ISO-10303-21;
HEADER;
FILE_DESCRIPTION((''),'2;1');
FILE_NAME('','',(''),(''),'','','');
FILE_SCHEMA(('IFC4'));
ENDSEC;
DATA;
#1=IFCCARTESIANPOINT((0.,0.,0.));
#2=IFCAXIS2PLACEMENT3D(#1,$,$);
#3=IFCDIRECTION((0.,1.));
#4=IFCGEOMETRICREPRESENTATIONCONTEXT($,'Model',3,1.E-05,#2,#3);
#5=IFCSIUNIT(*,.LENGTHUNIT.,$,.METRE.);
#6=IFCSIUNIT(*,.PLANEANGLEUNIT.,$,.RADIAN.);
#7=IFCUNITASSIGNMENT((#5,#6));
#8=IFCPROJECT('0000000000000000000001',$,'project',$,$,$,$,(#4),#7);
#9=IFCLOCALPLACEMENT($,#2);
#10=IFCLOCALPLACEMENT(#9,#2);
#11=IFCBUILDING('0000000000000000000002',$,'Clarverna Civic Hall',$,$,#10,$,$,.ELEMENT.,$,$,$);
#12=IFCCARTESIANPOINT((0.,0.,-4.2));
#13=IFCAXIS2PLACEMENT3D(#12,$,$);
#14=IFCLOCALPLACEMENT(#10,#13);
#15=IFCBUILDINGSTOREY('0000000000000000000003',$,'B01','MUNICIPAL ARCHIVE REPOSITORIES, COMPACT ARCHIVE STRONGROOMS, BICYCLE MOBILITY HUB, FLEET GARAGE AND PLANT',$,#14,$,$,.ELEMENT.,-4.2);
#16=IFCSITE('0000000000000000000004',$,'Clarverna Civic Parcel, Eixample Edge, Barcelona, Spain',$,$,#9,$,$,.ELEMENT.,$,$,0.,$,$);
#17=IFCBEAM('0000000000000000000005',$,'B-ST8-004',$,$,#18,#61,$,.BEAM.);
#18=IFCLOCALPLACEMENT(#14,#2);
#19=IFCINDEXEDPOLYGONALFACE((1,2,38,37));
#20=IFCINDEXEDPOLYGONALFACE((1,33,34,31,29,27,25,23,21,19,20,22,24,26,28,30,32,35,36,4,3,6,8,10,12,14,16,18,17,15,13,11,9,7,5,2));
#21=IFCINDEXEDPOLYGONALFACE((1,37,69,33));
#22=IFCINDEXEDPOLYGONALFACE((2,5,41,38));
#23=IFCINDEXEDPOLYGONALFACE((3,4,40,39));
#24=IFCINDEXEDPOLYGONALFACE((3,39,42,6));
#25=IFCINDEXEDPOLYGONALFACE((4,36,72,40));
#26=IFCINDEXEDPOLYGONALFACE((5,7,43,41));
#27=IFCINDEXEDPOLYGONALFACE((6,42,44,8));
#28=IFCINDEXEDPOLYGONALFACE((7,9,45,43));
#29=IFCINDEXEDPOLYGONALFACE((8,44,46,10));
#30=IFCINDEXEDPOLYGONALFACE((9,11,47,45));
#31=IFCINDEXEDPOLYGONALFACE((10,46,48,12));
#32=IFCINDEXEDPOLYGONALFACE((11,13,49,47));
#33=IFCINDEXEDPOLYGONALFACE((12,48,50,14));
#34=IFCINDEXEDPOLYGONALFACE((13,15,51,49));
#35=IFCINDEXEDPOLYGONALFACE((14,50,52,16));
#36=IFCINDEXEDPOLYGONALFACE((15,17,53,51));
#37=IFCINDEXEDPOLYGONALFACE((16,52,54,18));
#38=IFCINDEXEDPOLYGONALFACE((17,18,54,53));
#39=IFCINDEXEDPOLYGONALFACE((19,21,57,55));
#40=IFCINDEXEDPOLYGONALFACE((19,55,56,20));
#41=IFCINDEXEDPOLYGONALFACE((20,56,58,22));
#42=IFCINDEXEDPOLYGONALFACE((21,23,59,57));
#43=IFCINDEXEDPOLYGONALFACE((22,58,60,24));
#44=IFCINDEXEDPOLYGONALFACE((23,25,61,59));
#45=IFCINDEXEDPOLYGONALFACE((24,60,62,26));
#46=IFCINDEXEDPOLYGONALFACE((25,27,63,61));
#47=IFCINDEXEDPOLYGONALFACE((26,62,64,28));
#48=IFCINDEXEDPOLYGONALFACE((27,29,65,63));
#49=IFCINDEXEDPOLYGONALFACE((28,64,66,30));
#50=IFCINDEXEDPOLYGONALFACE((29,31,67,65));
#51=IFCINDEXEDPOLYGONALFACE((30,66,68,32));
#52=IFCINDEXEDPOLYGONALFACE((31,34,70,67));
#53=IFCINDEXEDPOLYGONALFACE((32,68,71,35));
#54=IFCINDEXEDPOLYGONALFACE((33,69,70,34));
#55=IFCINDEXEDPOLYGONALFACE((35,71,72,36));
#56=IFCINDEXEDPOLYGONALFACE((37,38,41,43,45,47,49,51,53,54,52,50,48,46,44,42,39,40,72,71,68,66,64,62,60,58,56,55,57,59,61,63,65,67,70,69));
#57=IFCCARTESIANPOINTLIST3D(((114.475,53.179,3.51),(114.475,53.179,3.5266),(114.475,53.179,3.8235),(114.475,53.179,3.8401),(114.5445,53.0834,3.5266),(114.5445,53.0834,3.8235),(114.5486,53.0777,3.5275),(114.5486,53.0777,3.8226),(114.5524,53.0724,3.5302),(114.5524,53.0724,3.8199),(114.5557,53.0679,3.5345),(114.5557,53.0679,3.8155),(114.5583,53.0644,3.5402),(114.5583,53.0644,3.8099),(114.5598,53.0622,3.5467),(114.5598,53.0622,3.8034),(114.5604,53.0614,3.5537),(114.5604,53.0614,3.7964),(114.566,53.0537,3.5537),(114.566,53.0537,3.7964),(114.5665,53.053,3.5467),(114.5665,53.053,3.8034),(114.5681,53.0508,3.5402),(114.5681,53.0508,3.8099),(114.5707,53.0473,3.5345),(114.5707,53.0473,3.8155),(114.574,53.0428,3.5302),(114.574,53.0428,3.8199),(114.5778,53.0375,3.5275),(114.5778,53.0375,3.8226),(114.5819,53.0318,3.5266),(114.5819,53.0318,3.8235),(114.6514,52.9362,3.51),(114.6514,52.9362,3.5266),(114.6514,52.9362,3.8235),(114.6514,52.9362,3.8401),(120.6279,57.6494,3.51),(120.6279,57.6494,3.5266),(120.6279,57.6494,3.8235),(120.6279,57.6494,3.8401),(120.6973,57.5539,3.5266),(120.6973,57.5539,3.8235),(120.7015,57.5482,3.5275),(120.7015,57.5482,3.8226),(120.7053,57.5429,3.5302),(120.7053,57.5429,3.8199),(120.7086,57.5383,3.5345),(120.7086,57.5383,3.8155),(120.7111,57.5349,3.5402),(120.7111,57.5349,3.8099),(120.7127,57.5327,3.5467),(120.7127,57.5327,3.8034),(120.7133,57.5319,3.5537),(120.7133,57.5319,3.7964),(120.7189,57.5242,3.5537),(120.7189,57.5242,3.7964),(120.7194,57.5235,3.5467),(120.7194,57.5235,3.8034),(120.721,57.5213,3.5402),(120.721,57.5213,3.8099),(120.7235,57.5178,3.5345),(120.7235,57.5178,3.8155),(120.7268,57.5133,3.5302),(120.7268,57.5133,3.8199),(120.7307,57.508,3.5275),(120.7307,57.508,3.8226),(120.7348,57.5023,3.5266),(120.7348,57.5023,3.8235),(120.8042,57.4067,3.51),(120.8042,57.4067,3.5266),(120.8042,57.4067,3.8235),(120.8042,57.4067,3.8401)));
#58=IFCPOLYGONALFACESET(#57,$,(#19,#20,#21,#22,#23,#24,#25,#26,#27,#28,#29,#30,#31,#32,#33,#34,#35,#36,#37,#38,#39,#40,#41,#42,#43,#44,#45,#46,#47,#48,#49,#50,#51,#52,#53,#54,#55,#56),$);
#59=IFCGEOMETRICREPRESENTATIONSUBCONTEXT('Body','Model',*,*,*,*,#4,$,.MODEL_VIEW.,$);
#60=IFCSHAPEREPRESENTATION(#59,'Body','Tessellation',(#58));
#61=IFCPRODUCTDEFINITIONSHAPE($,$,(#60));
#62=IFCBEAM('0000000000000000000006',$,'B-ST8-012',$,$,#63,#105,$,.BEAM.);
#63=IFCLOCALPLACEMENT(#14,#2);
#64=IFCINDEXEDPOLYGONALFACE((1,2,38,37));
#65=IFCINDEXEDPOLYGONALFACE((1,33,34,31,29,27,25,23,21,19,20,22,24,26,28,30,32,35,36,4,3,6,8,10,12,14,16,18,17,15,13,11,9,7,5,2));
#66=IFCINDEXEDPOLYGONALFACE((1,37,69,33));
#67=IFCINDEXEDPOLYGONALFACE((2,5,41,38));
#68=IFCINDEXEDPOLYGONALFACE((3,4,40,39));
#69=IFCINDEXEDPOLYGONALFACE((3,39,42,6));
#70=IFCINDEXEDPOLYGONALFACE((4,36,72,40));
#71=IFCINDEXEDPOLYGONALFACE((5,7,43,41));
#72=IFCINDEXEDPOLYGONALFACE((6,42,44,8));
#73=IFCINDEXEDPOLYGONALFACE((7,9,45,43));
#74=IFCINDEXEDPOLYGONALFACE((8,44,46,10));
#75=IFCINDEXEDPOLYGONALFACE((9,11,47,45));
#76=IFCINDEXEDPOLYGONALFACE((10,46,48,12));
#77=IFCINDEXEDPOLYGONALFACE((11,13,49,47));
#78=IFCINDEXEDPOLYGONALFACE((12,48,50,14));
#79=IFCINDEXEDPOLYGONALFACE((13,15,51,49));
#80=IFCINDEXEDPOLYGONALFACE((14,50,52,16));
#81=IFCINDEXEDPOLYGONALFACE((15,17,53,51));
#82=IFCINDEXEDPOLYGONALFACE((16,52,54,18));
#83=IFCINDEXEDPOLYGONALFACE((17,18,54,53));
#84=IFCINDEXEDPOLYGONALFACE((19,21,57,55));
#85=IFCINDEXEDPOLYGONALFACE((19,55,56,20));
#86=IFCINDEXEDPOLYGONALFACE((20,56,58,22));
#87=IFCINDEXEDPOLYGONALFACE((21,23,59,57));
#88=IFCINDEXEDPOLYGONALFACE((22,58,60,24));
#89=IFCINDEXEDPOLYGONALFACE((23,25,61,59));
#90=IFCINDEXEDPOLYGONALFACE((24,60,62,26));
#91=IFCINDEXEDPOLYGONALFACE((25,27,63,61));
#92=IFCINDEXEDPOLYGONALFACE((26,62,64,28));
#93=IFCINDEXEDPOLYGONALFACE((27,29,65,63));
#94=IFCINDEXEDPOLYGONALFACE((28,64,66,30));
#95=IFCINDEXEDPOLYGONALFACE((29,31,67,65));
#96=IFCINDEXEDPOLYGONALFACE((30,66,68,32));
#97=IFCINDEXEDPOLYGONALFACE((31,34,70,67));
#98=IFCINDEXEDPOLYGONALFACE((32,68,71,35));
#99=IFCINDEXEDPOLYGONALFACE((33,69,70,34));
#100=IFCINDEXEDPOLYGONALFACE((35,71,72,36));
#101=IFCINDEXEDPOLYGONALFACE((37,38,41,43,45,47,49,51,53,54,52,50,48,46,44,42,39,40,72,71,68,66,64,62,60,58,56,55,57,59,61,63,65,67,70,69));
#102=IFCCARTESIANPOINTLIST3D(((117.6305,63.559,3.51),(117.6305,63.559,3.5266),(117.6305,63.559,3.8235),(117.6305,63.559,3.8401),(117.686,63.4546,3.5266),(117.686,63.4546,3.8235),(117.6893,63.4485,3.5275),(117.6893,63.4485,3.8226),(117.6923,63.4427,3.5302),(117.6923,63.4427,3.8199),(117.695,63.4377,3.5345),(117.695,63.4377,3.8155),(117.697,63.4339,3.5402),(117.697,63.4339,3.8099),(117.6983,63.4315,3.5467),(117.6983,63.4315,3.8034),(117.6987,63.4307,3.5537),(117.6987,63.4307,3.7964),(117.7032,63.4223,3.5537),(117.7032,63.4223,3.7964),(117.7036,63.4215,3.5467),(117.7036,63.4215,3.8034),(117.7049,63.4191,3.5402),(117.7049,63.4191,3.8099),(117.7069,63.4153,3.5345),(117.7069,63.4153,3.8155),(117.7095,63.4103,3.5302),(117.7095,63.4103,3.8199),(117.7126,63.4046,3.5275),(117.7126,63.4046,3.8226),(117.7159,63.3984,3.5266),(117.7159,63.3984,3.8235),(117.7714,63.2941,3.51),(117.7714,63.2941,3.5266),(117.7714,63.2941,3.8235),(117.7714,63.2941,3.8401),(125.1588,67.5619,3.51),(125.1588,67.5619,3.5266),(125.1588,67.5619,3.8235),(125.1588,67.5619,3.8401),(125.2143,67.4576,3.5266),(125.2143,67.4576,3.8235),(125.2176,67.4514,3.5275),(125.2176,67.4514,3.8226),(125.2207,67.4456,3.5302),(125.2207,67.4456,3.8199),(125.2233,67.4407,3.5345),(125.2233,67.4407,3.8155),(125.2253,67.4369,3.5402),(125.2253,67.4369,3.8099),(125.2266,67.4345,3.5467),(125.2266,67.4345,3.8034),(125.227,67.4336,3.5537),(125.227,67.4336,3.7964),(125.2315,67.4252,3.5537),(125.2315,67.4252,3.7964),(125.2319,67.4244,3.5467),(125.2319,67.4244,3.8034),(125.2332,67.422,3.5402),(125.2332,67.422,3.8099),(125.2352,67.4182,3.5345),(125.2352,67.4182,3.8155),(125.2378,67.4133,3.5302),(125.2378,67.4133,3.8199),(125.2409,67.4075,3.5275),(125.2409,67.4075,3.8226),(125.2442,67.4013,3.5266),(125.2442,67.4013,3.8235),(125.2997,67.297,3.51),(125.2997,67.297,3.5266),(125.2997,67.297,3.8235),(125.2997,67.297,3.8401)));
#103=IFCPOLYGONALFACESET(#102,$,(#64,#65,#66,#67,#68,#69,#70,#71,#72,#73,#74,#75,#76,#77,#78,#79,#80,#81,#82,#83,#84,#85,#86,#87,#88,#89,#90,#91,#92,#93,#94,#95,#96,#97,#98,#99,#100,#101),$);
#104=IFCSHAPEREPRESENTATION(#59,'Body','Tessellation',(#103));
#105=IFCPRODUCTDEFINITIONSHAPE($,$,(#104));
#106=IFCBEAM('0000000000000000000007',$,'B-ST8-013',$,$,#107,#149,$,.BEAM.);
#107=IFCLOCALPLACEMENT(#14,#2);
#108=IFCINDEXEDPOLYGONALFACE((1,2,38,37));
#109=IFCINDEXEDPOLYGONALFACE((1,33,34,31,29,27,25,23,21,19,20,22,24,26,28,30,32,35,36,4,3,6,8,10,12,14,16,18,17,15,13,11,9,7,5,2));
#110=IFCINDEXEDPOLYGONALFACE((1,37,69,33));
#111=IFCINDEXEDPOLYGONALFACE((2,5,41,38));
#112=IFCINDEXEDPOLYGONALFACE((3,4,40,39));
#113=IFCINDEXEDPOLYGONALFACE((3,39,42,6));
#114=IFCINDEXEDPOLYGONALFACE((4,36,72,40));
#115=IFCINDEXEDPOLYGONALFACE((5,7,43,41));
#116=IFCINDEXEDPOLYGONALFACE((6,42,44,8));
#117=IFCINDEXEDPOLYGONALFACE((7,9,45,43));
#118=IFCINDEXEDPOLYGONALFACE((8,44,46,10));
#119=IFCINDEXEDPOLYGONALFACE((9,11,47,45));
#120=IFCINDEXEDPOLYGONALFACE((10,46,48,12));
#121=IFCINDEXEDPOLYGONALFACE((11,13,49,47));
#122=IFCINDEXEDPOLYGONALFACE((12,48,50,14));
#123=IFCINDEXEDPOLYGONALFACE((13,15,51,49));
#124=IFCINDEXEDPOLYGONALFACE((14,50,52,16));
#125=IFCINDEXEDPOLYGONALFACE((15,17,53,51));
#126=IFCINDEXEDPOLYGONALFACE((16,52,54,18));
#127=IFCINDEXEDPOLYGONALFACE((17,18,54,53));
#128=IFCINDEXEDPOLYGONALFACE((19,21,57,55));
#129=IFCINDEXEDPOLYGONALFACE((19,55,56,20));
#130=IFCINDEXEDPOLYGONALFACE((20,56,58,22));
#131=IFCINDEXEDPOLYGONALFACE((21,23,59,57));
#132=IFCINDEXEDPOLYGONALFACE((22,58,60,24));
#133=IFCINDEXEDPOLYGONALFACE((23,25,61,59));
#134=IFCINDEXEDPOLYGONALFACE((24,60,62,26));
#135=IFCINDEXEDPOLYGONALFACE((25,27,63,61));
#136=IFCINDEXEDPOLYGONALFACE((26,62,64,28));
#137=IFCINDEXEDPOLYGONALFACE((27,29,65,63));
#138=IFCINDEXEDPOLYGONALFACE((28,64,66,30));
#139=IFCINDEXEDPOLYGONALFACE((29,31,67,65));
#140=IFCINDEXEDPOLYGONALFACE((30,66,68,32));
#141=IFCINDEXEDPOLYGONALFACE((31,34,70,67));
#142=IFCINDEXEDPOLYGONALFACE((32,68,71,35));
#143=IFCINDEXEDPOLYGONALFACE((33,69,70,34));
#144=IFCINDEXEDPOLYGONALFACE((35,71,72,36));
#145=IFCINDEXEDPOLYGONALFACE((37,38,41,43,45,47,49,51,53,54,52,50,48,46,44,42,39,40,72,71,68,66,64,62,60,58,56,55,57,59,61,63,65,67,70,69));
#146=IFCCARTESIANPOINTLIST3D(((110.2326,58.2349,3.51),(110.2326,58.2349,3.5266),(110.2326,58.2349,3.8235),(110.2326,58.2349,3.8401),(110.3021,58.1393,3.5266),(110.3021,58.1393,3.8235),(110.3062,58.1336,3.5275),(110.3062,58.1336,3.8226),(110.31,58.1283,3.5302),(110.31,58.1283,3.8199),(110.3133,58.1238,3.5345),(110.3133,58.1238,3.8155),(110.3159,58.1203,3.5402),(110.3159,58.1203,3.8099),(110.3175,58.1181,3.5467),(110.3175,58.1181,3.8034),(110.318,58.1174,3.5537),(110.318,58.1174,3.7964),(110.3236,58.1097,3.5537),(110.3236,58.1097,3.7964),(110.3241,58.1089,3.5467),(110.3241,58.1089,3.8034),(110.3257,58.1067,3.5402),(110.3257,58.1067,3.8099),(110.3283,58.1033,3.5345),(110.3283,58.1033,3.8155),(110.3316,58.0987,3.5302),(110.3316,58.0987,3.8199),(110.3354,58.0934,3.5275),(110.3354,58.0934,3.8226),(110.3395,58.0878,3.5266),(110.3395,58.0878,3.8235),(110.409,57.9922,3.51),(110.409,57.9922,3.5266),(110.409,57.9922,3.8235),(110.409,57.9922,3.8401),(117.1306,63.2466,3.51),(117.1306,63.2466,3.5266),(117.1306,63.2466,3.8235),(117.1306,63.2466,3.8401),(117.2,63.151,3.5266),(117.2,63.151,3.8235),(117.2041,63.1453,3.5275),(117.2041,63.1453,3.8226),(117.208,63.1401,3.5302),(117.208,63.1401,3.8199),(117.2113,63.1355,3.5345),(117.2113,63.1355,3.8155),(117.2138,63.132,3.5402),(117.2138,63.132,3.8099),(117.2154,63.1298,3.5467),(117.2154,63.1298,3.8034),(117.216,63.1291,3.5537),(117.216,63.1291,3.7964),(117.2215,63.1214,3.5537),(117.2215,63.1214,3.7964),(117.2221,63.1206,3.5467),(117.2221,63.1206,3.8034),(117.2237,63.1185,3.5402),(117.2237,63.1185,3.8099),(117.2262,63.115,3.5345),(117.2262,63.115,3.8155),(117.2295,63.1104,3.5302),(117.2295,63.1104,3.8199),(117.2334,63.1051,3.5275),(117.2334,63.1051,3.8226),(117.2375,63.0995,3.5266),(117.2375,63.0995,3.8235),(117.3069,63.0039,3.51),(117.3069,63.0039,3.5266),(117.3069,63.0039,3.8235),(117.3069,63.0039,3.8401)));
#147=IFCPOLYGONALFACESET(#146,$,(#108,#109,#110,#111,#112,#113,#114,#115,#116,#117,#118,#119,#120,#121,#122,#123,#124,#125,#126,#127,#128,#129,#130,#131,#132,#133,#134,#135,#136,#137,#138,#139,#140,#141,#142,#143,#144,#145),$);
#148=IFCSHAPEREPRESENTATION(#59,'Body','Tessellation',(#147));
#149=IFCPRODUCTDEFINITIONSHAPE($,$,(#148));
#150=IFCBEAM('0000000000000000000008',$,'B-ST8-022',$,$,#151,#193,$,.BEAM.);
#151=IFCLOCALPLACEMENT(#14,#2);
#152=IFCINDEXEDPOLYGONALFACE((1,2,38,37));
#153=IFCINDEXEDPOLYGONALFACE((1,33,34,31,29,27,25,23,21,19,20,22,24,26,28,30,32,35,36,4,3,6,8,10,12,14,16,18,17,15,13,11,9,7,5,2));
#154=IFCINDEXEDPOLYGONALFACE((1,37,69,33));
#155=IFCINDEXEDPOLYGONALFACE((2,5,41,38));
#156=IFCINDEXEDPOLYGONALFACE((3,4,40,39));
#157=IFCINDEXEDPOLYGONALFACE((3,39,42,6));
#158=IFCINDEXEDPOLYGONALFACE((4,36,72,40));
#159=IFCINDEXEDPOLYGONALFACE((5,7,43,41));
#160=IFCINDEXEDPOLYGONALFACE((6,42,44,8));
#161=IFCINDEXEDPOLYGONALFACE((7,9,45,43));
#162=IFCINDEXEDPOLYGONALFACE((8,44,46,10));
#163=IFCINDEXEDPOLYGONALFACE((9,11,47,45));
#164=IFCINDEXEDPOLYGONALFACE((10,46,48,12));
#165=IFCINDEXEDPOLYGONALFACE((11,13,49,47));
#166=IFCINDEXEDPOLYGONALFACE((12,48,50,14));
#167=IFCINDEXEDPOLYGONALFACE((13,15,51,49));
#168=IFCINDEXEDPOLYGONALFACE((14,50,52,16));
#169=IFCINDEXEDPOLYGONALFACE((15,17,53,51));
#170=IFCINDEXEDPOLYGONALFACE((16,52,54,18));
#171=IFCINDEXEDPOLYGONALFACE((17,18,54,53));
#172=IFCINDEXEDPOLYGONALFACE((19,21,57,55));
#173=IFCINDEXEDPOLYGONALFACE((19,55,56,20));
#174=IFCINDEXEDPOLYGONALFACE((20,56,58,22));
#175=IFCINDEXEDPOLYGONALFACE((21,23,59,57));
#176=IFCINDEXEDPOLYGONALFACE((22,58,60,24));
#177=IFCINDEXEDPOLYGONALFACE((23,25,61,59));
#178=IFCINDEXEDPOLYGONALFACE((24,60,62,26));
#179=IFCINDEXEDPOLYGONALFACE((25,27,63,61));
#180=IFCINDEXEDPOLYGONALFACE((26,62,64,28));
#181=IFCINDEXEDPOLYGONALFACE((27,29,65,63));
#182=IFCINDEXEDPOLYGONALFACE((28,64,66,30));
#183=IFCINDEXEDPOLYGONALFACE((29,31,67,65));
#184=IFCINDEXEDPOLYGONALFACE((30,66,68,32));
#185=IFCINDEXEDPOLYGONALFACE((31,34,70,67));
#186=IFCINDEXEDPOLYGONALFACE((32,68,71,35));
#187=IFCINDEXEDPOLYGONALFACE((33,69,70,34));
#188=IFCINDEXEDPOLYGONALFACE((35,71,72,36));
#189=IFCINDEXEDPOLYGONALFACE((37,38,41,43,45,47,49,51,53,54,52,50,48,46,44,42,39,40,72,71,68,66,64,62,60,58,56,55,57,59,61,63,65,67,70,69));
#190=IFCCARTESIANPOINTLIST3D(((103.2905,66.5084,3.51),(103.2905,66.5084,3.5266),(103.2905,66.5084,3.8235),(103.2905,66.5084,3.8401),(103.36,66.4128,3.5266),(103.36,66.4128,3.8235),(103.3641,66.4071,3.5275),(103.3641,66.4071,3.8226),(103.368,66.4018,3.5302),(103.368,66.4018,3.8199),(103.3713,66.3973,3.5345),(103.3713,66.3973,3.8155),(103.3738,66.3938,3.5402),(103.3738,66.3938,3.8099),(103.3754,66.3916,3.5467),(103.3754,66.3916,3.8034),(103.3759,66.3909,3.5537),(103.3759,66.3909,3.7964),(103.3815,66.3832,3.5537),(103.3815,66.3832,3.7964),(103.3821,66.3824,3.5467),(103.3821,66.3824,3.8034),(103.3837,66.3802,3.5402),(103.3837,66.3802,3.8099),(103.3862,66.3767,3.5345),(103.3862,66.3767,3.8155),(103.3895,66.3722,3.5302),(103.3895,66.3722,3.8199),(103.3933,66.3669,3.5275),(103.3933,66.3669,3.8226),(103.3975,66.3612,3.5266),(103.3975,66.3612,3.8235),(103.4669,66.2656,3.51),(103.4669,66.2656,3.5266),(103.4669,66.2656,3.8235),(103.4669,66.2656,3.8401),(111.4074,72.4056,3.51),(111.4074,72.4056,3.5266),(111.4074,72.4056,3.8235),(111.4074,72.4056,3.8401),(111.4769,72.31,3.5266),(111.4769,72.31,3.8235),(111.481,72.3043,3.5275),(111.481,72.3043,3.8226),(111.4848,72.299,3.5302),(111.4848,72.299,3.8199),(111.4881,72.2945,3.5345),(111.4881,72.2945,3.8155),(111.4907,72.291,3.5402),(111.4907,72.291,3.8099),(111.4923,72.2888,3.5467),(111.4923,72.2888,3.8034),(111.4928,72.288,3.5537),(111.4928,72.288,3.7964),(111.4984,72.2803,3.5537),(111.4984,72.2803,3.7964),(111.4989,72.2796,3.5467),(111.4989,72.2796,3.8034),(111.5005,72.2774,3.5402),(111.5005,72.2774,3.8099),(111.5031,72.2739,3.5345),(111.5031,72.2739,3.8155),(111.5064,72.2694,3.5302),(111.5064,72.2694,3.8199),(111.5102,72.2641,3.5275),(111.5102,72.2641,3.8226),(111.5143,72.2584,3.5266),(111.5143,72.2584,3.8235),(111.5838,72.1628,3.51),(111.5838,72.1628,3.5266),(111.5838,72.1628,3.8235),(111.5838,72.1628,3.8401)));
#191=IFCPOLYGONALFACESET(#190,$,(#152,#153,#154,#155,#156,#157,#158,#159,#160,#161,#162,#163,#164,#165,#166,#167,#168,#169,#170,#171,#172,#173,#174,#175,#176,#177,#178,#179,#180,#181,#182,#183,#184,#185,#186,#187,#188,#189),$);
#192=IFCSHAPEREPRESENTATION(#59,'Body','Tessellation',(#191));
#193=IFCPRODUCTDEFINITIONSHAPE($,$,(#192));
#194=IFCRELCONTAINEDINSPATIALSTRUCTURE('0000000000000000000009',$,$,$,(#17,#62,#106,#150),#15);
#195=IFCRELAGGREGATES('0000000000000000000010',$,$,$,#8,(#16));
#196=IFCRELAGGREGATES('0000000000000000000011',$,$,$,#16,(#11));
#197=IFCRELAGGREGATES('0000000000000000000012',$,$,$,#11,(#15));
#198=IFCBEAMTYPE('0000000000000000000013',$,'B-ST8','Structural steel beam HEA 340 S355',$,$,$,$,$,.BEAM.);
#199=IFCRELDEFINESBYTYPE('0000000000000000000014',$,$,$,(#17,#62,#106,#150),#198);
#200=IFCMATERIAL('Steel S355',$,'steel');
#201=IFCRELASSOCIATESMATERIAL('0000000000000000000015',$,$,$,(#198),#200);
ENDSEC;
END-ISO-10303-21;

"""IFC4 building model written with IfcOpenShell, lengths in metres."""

from ifc_helpers import new_model, si_unit, direction, frame, origin, origin_2d, place, context, subcontext, project, spatial, i_section, extrude, material, material_profile, profile_set, type_object, element, save


model = new_model("IFC4")

# Units and contexts
model_context = context("Model", 3, precision=1e-05, world=origin(), true_north=direction((0.0, 1.0)))
body_context = subcontext(model_context, "Body", "Model", "MODEL_VIEW")
ifc_project = project(units=[si_unit("LENGTHUNIT", "METRE"), si_unit("PLANEANGLEUNIT", "RADIAN")], contexts=[model_context])

# Site, building, storey
site_placement = place(None, origin())
site = spatial("IfcSite", under=ifc_project, at=site_placement, Name="Clarverna Civic Parcel, Eixample Edge, Barcelona, Spain", CompositionType="ELEMENT", RefElevation=0.0)
building_placement = place(site_placement, origin())
building = spatial("IfcBuilding", under=site, at=building_placement, Name="Clarverna Civic Hall", CompositionType="ELEMENT")
storey_placement = place(building_placement, frame((0.0, 0.0, -4.2)))
storey = spatial("IfcBuildingStorey", under=building, at=storey_placement, Name="B01", Description="MUNICIPAL ARCHIVE REPOSITORIES, COMPACT ARCHIVE STRONGROOMS, BICYCLE MOBILITY HUB, FLEET GARAGE AND PLANT", CompositionType="ELEMENT", Elevation=-4.2)

# Beams
ifc_material_1 = material(Name="Steel S355", Category="steel")
ifc_material_profile_1 = material_profile(ifc_material_1, i_section(OverallWidth=0.3, OverallDepth=0.3301, WebThickness=0.0095, FlangeThickness=0.0166, FilletRadius=0.0271, at=origin_2d()), Name="HEA 340")
ifc_profile_set_1 = profile_set([ifc_material_profile_1], Name="Steel S355")
beam_type_1 = type_object("IfcBeamType", Name="B-ST8", Description="Structural steel beam HEA 340 S355", PredefinedType="BEAM", material=ifc_profile_set_1)
beam_1_placement = place(storey_placement, frame((120.7161, 57.5281, 3.675), z_axis=(-0.809007, -0.587799, 0.0), x_axis=(0.587799, -0.809007, 0.0)))
element("IfcBeam", 1, at=beam_1_placement, inside=storey, type_object=beam_type_1, Name="B-ST8-004", PredefinedType="BEAM", context=body_context, shape_type="SweptSolid", body=[
    extrude(i_section(OverallWidth=0.3, OverallDepth=0.3301, WebThickness=0.0095, FlangeThickness=0.0166, FilletRadius=0.0271, at=origin_2d()), origin(), (0.0, 0.0, 1.0), 7.6055),
])
for number, where, z_axis, x_axis, name in (
    (2, (125.2292, 67.4294, 3.675), (-0.882945, -0.469476, 0.0), (0.469476, -0.882945, 0.0), "B-ST8-012"),
    (3, (117.2188, 63.1252, 3.675), (-0.809013, -0.58779, 0.0), (0.58779, -0.809013, 0.0), "B-ST8-013"),
):
    element("IfcBeam", number, at=place(storey_placement, frame(where, z_axis=z_axis, x_axis=x_axis)), inside=storey, type_object=beam_type_1, Name=name, PredefinedType="BEAM", context=body_context, shape_type="SweptSolid", body=[
        extrude(i_section(OverallWidth=0.3, OverallDepth=0.3301, WebThickness=0.0095, FlangeThickness=0.0166, FilletRadius=0.0271, at=origin_2d()), origin(), (0.0, 0.0, 1.0), 8.5264),
    ])
beam_2_placement = place(storey_placement, frame((111.4956, 72.2842, 3.675), z_axis=(-0.809021, -0.58778, 0.0), x_axis=(0.58778, -0.809021, 0.0)))
element("IfcBeam", 4, at=beam_2_placement, inside=storey, type_object=beam_type_1, Name="B-ST8-022", PredefinedType="BEAM", context=body_context, shape_type="SweptSolid", body=[
    extrude(i_section(OverallWidth=0.3, OverallDepth=0.3301, WebThickness=0.0095, FlangeThickness=0.0166, FilletRadius=0.0271, at=origin_2d()), origin(), (0.0, 0.0, 1.0), 10.033),
])

save(model, "model.ifc")
